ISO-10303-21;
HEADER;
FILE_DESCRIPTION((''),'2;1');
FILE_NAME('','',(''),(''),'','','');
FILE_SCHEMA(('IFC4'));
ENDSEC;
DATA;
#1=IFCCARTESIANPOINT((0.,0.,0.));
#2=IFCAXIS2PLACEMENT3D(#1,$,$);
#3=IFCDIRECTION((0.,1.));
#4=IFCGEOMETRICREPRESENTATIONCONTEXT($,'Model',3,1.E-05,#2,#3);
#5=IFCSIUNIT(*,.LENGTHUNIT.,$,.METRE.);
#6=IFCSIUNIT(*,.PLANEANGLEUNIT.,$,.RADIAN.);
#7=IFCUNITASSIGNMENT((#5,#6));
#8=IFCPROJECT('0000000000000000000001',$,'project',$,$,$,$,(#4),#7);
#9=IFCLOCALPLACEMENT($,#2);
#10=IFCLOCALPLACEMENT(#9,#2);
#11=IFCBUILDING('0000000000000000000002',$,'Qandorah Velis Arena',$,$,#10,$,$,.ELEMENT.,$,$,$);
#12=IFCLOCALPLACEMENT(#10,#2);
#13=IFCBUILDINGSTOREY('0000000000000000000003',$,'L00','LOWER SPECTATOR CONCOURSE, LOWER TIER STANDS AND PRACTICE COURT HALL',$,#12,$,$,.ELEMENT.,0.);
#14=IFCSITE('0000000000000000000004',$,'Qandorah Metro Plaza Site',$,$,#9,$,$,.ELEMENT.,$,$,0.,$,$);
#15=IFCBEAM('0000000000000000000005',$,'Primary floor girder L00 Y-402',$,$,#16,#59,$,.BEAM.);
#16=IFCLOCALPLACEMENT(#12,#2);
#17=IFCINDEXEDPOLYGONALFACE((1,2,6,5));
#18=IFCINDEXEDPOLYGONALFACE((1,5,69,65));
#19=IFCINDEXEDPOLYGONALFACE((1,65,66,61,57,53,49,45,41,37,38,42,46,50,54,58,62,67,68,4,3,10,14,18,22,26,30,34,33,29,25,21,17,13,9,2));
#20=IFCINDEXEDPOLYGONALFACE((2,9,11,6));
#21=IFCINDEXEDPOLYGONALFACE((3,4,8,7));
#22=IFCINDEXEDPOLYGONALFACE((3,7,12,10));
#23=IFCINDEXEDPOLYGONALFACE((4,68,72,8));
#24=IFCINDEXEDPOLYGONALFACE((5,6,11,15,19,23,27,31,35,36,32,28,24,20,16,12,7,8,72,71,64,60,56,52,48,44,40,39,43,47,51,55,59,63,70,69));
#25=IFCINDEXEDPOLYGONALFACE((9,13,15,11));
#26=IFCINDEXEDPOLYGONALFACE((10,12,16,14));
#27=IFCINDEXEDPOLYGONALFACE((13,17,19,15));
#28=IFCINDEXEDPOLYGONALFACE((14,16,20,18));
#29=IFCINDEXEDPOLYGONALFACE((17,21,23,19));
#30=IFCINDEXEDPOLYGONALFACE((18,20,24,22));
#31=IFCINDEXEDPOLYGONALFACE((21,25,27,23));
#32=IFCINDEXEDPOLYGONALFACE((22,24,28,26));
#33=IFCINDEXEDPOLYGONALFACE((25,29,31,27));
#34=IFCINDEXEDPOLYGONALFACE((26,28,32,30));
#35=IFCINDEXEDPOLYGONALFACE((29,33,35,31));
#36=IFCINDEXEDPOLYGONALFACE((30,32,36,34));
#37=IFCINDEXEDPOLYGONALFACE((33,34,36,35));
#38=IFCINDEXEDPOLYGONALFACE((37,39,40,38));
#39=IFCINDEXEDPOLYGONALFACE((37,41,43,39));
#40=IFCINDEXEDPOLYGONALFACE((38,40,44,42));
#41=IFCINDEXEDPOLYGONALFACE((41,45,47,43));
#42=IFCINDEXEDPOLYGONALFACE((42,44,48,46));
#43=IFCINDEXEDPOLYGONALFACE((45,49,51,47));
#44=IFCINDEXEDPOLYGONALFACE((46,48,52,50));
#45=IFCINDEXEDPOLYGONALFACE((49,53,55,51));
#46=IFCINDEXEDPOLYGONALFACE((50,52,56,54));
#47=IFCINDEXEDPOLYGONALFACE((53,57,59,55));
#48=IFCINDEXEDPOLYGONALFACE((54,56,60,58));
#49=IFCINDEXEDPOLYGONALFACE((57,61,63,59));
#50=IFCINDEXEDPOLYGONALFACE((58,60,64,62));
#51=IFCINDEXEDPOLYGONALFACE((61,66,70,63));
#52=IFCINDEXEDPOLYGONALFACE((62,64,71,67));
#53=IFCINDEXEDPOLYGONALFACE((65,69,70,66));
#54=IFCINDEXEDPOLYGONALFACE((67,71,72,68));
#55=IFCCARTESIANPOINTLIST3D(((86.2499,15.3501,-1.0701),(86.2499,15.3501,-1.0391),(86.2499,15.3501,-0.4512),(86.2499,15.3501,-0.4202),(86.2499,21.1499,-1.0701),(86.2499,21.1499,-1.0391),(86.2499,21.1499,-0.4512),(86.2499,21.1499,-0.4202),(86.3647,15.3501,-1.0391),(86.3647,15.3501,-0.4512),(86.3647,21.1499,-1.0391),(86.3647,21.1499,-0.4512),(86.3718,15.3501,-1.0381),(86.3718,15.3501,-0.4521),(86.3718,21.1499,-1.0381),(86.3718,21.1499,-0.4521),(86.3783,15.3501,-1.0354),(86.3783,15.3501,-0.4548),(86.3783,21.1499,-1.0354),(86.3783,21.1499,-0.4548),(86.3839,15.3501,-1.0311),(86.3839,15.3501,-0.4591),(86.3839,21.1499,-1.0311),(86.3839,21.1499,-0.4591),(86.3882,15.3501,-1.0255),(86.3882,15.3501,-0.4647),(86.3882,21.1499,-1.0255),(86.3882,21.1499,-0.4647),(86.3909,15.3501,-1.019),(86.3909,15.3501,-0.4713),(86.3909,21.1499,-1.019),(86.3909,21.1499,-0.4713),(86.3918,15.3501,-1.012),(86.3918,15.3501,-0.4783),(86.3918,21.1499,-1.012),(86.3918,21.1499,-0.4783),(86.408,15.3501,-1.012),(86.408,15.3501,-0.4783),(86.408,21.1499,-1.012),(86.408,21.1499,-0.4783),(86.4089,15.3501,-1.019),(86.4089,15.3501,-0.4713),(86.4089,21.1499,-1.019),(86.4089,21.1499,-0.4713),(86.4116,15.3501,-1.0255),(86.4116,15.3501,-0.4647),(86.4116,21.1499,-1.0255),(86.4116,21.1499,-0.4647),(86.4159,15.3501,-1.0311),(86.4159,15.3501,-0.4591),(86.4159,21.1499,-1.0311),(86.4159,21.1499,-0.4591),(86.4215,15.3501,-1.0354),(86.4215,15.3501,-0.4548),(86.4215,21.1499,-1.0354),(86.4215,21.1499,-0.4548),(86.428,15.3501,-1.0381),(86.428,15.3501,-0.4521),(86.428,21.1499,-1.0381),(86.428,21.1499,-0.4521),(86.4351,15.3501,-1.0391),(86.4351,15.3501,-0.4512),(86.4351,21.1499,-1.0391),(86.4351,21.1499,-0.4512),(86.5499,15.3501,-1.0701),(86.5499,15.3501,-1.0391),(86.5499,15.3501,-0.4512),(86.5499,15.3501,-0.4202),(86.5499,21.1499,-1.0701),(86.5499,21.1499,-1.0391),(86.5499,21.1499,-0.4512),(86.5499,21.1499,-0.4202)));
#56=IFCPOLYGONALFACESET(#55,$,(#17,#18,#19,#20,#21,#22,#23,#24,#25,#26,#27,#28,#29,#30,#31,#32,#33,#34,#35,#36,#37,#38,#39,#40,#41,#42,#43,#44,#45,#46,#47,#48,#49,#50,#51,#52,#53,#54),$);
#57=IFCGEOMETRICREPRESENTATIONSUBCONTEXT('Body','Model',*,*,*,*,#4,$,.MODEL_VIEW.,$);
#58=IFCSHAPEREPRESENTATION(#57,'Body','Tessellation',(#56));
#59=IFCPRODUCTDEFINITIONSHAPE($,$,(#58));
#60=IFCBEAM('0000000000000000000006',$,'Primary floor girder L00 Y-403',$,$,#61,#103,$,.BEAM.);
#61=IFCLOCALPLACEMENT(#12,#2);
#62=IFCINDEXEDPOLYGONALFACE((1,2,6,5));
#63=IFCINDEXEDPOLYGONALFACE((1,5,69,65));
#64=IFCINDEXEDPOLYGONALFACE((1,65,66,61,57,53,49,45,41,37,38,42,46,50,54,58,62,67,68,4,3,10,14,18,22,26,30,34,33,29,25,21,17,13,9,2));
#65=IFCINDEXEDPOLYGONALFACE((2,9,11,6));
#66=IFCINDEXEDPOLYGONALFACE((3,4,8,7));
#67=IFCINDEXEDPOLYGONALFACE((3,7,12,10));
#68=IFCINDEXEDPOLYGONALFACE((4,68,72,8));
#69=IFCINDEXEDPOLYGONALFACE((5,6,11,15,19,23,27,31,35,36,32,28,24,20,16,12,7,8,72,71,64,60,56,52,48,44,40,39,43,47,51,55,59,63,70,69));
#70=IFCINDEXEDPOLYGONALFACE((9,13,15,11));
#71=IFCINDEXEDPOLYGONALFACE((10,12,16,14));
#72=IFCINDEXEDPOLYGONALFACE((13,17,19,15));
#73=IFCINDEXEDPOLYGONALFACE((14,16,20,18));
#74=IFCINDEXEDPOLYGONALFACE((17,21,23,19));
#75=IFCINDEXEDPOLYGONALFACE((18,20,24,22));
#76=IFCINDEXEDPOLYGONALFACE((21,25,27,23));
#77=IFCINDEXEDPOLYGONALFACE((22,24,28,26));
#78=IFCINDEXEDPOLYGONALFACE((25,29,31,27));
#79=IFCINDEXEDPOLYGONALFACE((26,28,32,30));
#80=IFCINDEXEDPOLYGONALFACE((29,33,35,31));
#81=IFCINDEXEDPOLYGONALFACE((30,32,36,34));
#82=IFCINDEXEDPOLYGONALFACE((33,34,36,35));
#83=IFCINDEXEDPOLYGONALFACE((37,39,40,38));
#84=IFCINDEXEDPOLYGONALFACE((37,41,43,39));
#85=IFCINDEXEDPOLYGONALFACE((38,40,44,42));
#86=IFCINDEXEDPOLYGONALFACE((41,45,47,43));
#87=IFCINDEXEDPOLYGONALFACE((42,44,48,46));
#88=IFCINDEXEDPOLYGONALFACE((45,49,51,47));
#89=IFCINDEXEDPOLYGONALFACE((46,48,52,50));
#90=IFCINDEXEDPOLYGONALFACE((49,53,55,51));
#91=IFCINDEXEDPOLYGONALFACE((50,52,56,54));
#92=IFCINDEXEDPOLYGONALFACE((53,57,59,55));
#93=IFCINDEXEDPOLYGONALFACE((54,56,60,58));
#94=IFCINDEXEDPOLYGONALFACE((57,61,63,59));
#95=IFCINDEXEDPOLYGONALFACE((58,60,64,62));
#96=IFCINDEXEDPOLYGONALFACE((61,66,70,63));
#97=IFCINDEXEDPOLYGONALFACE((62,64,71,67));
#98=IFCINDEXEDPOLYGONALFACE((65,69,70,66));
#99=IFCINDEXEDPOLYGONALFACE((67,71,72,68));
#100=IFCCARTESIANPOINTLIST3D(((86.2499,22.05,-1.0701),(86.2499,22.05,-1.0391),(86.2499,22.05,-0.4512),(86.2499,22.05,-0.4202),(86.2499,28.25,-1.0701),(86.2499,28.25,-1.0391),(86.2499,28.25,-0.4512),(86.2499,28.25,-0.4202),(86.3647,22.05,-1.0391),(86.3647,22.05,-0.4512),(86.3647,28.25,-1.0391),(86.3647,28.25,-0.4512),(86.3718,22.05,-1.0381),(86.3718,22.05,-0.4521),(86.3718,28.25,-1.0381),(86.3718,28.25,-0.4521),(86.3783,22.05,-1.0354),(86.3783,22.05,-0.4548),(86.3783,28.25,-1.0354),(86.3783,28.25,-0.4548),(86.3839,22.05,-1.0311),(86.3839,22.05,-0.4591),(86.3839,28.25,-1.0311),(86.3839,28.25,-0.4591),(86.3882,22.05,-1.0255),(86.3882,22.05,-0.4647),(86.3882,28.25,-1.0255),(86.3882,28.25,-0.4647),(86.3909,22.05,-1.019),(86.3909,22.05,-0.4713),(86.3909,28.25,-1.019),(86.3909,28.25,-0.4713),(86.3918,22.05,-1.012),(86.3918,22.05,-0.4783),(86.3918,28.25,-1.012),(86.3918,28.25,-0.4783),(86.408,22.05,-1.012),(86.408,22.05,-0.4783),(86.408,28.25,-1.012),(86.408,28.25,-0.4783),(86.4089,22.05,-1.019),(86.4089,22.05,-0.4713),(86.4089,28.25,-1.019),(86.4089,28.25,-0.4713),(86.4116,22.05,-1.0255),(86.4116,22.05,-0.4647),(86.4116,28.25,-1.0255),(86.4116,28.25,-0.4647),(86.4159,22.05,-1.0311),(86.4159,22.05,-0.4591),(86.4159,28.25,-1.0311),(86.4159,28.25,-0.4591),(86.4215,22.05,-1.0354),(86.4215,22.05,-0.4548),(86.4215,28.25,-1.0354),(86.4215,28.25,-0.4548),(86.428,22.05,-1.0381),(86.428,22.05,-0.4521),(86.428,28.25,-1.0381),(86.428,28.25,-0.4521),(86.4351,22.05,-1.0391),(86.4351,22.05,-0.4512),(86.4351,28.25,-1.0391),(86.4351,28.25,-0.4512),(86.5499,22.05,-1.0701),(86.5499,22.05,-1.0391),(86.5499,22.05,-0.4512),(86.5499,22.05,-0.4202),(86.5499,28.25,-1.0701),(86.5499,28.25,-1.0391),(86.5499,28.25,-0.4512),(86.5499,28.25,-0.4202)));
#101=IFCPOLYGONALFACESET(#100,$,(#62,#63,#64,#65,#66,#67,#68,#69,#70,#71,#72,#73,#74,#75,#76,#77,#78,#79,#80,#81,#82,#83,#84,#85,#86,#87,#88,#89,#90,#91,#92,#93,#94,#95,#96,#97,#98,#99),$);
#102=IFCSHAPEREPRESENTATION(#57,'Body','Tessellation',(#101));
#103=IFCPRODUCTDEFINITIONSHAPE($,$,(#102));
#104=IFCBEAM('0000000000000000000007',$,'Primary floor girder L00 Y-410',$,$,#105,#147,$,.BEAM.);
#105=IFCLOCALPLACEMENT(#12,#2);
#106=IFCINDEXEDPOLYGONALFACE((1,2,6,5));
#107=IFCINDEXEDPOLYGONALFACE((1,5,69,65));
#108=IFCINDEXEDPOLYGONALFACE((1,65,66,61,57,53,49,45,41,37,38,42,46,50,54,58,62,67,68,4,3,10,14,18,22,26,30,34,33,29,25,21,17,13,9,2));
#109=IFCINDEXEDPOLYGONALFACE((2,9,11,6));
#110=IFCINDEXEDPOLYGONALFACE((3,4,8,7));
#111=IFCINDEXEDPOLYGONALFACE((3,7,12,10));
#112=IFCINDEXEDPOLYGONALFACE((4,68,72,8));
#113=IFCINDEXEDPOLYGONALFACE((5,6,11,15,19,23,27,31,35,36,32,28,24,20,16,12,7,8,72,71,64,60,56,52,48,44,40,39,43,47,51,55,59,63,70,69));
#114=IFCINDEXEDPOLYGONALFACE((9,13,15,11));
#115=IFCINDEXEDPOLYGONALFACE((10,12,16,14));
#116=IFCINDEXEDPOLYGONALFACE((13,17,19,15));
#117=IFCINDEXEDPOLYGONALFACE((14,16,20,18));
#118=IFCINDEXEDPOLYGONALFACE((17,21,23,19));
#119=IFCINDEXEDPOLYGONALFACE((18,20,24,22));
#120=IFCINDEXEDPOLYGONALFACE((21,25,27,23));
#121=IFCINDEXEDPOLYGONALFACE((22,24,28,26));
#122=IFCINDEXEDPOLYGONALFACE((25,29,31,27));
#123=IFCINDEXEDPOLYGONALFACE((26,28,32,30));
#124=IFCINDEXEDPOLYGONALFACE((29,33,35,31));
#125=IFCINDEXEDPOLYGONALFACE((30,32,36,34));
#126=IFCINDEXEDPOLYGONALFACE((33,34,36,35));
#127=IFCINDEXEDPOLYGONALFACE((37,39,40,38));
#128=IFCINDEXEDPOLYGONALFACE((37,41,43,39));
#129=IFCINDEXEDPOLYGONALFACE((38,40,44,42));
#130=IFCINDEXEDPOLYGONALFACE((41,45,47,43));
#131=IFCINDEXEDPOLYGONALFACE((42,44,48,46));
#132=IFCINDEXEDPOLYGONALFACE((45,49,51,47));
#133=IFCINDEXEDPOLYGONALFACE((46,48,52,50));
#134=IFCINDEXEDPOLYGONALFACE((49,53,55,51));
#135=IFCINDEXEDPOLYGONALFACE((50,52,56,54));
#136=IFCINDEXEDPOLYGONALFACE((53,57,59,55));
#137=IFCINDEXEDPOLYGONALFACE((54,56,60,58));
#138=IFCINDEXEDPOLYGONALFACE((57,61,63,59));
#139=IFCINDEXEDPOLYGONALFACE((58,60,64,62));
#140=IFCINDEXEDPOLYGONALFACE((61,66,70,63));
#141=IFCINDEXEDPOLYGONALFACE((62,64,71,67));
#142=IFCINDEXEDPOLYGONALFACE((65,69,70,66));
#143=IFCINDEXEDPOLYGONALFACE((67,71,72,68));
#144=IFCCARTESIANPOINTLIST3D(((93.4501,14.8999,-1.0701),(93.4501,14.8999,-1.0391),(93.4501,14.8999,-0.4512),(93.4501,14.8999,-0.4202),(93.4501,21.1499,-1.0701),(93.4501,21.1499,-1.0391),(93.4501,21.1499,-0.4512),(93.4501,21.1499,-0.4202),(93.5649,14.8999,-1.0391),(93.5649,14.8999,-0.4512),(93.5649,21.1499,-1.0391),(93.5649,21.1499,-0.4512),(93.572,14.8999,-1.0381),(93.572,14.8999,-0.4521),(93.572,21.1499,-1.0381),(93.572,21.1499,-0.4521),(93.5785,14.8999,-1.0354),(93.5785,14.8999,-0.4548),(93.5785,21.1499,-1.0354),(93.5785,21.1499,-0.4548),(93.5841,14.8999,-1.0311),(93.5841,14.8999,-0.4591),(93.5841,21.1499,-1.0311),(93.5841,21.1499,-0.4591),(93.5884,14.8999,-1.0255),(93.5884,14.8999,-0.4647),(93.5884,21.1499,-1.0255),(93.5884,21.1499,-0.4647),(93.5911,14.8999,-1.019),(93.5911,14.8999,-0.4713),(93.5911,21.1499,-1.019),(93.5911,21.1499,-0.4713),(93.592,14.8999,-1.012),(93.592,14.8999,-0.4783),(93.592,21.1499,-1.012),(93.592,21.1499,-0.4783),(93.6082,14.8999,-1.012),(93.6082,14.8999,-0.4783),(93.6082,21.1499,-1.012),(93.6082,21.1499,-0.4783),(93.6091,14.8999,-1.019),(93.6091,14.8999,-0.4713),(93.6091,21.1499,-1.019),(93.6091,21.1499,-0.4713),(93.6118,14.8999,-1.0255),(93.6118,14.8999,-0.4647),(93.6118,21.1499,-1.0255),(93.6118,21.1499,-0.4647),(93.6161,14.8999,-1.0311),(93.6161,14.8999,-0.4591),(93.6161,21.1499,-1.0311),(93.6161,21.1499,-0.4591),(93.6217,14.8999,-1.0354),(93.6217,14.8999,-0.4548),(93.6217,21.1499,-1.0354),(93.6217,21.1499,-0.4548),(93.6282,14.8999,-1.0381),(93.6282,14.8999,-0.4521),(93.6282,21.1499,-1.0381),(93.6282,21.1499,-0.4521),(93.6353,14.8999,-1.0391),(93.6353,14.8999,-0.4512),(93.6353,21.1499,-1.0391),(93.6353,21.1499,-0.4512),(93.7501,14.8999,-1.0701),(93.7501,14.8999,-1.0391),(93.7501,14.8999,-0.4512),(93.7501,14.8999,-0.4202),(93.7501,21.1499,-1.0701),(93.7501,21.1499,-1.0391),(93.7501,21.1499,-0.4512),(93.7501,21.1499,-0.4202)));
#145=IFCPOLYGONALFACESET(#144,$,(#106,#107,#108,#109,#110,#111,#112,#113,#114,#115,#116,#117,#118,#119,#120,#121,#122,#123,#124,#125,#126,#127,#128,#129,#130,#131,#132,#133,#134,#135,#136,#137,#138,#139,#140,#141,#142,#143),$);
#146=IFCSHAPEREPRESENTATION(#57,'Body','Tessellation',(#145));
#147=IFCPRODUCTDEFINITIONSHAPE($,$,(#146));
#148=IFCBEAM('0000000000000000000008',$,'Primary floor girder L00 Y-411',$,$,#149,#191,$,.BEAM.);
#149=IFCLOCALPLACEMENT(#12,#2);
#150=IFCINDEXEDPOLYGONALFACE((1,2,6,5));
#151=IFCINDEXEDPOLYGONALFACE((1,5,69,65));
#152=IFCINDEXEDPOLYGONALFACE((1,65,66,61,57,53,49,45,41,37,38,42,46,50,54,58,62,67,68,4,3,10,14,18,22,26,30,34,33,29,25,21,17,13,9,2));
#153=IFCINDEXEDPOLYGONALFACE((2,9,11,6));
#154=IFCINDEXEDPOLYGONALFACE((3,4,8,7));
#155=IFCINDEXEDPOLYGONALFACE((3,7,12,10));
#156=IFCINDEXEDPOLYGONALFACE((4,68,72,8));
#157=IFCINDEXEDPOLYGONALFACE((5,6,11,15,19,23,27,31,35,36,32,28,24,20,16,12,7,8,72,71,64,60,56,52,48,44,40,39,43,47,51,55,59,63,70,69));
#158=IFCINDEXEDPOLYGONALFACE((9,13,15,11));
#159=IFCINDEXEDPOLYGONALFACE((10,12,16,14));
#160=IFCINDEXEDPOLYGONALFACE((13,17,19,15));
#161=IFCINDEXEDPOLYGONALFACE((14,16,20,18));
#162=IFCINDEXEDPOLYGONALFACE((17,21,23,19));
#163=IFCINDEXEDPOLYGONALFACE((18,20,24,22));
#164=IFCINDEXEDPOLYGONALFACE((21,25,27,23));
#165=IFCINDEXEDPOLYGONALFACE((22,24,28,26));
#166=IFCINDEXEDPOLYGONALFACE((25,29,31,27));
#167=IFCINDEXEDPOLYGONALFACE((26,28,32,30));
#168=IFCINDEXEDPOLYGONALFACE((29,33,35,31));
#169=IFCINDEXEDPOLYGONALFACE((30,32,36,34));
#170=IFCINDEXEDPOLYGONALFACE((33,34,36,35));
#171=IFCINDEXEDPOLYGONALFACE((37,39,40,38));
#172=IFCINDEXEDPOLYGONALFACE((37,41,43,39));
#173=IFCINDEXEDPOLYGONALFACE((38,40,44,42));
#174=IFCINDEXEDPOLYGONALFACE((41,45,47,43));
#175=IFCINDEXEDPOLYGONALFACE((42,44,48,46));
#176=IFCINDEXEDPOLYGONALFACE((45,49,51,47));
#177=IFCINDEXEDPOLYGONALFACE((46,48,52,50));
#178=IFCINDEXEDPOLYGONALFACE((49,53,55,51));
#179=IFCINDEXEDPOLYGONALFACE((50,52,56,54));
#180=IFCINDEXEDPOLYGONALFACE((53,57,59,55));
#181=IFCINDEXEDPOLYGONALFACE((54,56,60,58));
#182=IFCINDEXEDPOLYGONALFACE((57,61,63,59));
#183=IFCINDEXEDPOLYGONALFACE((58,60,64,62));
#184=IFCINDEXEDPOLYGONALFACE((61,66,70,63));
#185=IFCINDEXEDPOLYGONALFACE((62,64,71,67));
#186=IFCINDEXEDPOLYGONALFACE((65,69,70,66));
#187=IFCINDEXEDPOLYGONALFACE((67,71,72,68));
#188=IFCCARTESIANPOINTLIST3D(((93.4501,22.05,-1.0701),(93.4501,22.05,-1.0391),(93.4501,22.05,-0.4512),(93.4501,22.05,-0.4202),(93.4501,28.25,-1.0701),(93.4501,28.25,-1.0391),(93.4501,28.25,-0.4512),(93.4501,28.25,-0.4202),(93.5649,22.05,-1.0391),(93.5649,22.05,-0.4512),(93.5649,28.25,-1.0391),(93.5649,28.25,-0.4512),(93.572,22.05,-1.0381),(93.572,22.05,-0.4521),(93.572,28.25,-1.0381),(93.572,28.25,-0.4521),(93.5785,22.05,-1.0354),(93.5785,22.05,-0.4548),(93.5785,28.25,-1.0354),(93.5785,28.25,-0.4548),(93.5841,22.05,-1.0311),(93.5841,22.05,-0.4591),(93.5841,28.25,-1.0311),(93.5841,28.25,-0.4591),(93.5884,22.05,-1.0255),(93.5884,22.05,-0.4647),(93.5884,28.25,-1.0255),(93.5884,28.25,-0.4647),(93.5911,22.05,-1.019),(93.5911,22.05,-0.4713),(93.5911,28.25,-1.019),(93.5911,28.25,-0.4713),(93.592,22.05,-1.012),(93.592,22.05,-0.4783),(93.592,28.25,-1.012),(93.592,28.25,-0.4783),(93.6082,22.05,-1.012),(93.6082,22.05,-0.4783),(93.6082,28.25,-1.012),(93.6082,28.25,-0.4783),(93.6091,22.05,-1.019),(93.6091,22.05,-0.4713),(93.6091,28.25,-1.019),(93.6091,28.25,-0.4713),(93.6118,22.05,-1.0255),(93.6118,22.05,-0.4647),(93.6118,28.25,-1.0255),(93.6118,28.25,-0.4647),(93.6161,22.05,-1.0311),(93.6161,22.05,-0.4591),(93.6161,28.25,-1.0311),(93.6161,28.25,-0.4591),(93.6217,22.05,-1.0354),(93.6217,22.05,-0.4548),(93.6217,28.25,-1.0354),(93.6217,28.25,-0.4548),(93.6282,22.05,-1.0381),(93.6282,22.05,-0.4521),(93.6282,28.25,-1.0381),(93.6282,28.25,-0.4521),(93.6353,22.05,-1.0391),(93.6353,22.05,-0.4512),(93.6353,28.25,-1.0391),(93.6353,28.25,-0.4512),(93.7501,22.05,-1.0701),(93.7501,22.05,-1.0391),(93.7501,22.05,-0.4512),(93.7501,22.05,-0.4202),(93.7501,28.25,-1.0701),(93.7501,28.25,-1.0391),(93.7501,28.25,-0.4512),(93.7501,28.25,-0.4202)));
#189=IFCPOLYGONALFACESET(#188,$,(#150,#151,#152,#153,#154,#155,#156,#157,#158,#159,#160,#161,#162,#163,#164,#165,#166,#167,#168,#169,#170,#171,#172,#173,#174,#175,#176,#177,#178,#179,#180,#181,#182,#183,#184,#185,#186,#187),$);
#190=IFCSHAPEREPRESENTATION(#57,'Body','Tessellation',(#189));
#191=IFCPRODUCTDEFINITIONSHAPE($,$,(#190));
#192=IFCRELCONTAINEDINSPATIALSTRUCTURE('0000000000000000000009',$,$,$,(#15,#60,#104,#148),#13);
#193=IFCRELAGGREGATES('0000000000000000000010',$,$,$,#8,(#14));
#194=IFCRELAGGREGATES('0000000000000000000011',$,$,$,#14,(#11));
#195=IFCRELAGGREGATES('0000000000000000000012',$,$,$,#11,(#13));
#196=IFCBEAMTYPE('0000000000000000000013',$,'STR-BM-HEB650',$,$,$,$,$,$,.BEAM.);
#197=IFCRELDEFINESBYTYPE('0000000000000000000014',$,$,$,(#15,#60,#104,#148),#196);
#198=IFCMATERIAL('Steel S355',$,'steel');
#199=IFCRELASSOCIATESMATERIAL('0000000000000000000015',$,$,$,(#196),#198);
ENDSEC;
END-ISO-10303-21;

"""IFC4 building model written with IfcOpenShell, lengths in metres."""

from ifc_helpers import new_model, si_unit, direction, frame, origin, origin_2d, place, context, subcontext, project, spatial, i_section, extrude, material, material_profile, profile_set, type_object, element, save


model = new_model("IFC4")

# Units and contexts
model_context = context("Model", 3, precision=1e-05, world=origin(), true_north=direction((0.0, 1.0)))
body_context = subcontext(model_context, "Body", "Model", "MODEL_VIEW")
ifc_project = project(units=[si_unit("LENGTHUNIT", "METRE"), si_unit("PLANEANGLEUNIT", "RADIAN")], contexts=[model_context])

# Site, building, storey
site_placement = place(None, origin())
site = spatial("IfcSite", under=ifc_project, at=site_placement, Name="Qandorah Metro Plaza Site", CompositionType="ELEMENT", RefElevation=0.0)
building_placement = place(site_placement, origin())
building = spatial("IfcBuilding", under=site, at=building_placement, Name="Qandorah Velis Arena", CompositionType="ELEMENT")
storey_placement = place(building_placement, origin())
storey = spatial("IfcBuildingStorey", under=building, at=storey_placement, Name="L00", Description="LOWER SPECTATOR CONCOURSE, LOWER TIER STANDS AND PRACTICE COURT HALL", CompositionType="ELEMENT", Elevation=0.0)

# Beams
ifc_material_1 = material(Name="Steel S355", Category="steel")
ifc_material_profile_1 = material_profile(ifc_material_1, i_section(OverallWidth=0.3, OverallDepth=0.6499, WebThickness=0.0161, FlangeThickness=0.031, FilletRadius=0.0271, at=origin_2d()), Name="HEB 650")
ifc_profile_set_1 = profile_set([ifc_material_profile_1], Name="Steel S355")
beam_type_1 = type_object("IfcBeamType", Name="STR-BM-HEB650", PredefinedType="BEAM", material=ifc_profile_set_1)
beam_1_placement = place(storey_placement, frame((86.3999, 15.3501, -0.7451), z_axis=(0.0, 1.0, 0.0), x_axis=(-1.0, 0.0, 0.0)))
element("IfcBeam", 1, at=beam_1_placement, inside=storey, type_object=beam_type_1, Name="Primary floor girder L00 Y-402", PredefinedType="BEAM", context=body_context, shape_type="SweptSolid", body=[
    extrude(i_section(OverallWidth=0.3, OverallDepth=0.6499, WebThickness=0.0161, FlangeThickness=0.031, FilletRadius=0.0271, at=origin_2d()), origin(), (0.0, 0.0, 1.0), 5.7998),
])
beam_2_placement = place(storey_placement, frame((86.3999, 22.05, -0.7451), z_axis=(0.0, 1.0, 0.0), x_axis=(-1.0, 0.0, 0.0)))
element("IfcBeam", 2, at=beam_2_placement, inside=storey, type_object=beam_type_1, Name="Primary floor girder L00 Y-403", PredefinedType="BEAM", context=body_context, shape_type="SweptSolid", body=[
    extrude(i_section(OverallWidth=0.3, OverallDepth=0.6499, WebThickness=0.0161, FlangeThickness=0.031, FilletRadius=0.0271, at=origin_2d()), origin(), (0.0, 0.0, 1.0), 6.2),
])
beam_3_placement = place(storey_placement, frame((93.6001, 14.8999, -0.7451), z_axis=(0.0, 1.0, 0.0), x_axis=(-1.0, 0.0, 0.0)))
element("IfcBeam", 3, at=beam_3_placement, inside=storey, type_object=beam_type_1, Name="Primary floor girder L00 Y-410", PredefinedType="BEAM", context=body_context, shape_type="SweptSolid", body=[
    extrude(i_section(OverallWidth=0.3, OverallDepth=0.6499, WebThickness=0.0161, FlangeThickness=0.031, FilletRadius=0.0271, at=origin_2d()), origin(), (0.0, 0.0, 1.0), 6.25),
])
beam_4_placement = place(storey_placement, frame((93.6001, 22.05, -0.7451), z_axis=(0.0, 1.0, 0.0), x_axis=(-1.0, 0.0, 0.0)))
element("IfcBeam", 4, at=beam_4_placement, inside=storey, type_object=beam_type_1, Name="Primary floor girder L00 Y-411", PredefinedType="BEAM", context=body_context, shape_type="SweptSolid", body=[
    extrude(i_section(OverallWidth=0.3, OverallDepth=0.6499, WebThickness=0.0161, FlangeThickness=0.031, FilletRadius=0.0271, at=origin_2d()), origin(), (0.0, 0.0, 1.0), 6.2),
])

save(model, "model.ifc")
